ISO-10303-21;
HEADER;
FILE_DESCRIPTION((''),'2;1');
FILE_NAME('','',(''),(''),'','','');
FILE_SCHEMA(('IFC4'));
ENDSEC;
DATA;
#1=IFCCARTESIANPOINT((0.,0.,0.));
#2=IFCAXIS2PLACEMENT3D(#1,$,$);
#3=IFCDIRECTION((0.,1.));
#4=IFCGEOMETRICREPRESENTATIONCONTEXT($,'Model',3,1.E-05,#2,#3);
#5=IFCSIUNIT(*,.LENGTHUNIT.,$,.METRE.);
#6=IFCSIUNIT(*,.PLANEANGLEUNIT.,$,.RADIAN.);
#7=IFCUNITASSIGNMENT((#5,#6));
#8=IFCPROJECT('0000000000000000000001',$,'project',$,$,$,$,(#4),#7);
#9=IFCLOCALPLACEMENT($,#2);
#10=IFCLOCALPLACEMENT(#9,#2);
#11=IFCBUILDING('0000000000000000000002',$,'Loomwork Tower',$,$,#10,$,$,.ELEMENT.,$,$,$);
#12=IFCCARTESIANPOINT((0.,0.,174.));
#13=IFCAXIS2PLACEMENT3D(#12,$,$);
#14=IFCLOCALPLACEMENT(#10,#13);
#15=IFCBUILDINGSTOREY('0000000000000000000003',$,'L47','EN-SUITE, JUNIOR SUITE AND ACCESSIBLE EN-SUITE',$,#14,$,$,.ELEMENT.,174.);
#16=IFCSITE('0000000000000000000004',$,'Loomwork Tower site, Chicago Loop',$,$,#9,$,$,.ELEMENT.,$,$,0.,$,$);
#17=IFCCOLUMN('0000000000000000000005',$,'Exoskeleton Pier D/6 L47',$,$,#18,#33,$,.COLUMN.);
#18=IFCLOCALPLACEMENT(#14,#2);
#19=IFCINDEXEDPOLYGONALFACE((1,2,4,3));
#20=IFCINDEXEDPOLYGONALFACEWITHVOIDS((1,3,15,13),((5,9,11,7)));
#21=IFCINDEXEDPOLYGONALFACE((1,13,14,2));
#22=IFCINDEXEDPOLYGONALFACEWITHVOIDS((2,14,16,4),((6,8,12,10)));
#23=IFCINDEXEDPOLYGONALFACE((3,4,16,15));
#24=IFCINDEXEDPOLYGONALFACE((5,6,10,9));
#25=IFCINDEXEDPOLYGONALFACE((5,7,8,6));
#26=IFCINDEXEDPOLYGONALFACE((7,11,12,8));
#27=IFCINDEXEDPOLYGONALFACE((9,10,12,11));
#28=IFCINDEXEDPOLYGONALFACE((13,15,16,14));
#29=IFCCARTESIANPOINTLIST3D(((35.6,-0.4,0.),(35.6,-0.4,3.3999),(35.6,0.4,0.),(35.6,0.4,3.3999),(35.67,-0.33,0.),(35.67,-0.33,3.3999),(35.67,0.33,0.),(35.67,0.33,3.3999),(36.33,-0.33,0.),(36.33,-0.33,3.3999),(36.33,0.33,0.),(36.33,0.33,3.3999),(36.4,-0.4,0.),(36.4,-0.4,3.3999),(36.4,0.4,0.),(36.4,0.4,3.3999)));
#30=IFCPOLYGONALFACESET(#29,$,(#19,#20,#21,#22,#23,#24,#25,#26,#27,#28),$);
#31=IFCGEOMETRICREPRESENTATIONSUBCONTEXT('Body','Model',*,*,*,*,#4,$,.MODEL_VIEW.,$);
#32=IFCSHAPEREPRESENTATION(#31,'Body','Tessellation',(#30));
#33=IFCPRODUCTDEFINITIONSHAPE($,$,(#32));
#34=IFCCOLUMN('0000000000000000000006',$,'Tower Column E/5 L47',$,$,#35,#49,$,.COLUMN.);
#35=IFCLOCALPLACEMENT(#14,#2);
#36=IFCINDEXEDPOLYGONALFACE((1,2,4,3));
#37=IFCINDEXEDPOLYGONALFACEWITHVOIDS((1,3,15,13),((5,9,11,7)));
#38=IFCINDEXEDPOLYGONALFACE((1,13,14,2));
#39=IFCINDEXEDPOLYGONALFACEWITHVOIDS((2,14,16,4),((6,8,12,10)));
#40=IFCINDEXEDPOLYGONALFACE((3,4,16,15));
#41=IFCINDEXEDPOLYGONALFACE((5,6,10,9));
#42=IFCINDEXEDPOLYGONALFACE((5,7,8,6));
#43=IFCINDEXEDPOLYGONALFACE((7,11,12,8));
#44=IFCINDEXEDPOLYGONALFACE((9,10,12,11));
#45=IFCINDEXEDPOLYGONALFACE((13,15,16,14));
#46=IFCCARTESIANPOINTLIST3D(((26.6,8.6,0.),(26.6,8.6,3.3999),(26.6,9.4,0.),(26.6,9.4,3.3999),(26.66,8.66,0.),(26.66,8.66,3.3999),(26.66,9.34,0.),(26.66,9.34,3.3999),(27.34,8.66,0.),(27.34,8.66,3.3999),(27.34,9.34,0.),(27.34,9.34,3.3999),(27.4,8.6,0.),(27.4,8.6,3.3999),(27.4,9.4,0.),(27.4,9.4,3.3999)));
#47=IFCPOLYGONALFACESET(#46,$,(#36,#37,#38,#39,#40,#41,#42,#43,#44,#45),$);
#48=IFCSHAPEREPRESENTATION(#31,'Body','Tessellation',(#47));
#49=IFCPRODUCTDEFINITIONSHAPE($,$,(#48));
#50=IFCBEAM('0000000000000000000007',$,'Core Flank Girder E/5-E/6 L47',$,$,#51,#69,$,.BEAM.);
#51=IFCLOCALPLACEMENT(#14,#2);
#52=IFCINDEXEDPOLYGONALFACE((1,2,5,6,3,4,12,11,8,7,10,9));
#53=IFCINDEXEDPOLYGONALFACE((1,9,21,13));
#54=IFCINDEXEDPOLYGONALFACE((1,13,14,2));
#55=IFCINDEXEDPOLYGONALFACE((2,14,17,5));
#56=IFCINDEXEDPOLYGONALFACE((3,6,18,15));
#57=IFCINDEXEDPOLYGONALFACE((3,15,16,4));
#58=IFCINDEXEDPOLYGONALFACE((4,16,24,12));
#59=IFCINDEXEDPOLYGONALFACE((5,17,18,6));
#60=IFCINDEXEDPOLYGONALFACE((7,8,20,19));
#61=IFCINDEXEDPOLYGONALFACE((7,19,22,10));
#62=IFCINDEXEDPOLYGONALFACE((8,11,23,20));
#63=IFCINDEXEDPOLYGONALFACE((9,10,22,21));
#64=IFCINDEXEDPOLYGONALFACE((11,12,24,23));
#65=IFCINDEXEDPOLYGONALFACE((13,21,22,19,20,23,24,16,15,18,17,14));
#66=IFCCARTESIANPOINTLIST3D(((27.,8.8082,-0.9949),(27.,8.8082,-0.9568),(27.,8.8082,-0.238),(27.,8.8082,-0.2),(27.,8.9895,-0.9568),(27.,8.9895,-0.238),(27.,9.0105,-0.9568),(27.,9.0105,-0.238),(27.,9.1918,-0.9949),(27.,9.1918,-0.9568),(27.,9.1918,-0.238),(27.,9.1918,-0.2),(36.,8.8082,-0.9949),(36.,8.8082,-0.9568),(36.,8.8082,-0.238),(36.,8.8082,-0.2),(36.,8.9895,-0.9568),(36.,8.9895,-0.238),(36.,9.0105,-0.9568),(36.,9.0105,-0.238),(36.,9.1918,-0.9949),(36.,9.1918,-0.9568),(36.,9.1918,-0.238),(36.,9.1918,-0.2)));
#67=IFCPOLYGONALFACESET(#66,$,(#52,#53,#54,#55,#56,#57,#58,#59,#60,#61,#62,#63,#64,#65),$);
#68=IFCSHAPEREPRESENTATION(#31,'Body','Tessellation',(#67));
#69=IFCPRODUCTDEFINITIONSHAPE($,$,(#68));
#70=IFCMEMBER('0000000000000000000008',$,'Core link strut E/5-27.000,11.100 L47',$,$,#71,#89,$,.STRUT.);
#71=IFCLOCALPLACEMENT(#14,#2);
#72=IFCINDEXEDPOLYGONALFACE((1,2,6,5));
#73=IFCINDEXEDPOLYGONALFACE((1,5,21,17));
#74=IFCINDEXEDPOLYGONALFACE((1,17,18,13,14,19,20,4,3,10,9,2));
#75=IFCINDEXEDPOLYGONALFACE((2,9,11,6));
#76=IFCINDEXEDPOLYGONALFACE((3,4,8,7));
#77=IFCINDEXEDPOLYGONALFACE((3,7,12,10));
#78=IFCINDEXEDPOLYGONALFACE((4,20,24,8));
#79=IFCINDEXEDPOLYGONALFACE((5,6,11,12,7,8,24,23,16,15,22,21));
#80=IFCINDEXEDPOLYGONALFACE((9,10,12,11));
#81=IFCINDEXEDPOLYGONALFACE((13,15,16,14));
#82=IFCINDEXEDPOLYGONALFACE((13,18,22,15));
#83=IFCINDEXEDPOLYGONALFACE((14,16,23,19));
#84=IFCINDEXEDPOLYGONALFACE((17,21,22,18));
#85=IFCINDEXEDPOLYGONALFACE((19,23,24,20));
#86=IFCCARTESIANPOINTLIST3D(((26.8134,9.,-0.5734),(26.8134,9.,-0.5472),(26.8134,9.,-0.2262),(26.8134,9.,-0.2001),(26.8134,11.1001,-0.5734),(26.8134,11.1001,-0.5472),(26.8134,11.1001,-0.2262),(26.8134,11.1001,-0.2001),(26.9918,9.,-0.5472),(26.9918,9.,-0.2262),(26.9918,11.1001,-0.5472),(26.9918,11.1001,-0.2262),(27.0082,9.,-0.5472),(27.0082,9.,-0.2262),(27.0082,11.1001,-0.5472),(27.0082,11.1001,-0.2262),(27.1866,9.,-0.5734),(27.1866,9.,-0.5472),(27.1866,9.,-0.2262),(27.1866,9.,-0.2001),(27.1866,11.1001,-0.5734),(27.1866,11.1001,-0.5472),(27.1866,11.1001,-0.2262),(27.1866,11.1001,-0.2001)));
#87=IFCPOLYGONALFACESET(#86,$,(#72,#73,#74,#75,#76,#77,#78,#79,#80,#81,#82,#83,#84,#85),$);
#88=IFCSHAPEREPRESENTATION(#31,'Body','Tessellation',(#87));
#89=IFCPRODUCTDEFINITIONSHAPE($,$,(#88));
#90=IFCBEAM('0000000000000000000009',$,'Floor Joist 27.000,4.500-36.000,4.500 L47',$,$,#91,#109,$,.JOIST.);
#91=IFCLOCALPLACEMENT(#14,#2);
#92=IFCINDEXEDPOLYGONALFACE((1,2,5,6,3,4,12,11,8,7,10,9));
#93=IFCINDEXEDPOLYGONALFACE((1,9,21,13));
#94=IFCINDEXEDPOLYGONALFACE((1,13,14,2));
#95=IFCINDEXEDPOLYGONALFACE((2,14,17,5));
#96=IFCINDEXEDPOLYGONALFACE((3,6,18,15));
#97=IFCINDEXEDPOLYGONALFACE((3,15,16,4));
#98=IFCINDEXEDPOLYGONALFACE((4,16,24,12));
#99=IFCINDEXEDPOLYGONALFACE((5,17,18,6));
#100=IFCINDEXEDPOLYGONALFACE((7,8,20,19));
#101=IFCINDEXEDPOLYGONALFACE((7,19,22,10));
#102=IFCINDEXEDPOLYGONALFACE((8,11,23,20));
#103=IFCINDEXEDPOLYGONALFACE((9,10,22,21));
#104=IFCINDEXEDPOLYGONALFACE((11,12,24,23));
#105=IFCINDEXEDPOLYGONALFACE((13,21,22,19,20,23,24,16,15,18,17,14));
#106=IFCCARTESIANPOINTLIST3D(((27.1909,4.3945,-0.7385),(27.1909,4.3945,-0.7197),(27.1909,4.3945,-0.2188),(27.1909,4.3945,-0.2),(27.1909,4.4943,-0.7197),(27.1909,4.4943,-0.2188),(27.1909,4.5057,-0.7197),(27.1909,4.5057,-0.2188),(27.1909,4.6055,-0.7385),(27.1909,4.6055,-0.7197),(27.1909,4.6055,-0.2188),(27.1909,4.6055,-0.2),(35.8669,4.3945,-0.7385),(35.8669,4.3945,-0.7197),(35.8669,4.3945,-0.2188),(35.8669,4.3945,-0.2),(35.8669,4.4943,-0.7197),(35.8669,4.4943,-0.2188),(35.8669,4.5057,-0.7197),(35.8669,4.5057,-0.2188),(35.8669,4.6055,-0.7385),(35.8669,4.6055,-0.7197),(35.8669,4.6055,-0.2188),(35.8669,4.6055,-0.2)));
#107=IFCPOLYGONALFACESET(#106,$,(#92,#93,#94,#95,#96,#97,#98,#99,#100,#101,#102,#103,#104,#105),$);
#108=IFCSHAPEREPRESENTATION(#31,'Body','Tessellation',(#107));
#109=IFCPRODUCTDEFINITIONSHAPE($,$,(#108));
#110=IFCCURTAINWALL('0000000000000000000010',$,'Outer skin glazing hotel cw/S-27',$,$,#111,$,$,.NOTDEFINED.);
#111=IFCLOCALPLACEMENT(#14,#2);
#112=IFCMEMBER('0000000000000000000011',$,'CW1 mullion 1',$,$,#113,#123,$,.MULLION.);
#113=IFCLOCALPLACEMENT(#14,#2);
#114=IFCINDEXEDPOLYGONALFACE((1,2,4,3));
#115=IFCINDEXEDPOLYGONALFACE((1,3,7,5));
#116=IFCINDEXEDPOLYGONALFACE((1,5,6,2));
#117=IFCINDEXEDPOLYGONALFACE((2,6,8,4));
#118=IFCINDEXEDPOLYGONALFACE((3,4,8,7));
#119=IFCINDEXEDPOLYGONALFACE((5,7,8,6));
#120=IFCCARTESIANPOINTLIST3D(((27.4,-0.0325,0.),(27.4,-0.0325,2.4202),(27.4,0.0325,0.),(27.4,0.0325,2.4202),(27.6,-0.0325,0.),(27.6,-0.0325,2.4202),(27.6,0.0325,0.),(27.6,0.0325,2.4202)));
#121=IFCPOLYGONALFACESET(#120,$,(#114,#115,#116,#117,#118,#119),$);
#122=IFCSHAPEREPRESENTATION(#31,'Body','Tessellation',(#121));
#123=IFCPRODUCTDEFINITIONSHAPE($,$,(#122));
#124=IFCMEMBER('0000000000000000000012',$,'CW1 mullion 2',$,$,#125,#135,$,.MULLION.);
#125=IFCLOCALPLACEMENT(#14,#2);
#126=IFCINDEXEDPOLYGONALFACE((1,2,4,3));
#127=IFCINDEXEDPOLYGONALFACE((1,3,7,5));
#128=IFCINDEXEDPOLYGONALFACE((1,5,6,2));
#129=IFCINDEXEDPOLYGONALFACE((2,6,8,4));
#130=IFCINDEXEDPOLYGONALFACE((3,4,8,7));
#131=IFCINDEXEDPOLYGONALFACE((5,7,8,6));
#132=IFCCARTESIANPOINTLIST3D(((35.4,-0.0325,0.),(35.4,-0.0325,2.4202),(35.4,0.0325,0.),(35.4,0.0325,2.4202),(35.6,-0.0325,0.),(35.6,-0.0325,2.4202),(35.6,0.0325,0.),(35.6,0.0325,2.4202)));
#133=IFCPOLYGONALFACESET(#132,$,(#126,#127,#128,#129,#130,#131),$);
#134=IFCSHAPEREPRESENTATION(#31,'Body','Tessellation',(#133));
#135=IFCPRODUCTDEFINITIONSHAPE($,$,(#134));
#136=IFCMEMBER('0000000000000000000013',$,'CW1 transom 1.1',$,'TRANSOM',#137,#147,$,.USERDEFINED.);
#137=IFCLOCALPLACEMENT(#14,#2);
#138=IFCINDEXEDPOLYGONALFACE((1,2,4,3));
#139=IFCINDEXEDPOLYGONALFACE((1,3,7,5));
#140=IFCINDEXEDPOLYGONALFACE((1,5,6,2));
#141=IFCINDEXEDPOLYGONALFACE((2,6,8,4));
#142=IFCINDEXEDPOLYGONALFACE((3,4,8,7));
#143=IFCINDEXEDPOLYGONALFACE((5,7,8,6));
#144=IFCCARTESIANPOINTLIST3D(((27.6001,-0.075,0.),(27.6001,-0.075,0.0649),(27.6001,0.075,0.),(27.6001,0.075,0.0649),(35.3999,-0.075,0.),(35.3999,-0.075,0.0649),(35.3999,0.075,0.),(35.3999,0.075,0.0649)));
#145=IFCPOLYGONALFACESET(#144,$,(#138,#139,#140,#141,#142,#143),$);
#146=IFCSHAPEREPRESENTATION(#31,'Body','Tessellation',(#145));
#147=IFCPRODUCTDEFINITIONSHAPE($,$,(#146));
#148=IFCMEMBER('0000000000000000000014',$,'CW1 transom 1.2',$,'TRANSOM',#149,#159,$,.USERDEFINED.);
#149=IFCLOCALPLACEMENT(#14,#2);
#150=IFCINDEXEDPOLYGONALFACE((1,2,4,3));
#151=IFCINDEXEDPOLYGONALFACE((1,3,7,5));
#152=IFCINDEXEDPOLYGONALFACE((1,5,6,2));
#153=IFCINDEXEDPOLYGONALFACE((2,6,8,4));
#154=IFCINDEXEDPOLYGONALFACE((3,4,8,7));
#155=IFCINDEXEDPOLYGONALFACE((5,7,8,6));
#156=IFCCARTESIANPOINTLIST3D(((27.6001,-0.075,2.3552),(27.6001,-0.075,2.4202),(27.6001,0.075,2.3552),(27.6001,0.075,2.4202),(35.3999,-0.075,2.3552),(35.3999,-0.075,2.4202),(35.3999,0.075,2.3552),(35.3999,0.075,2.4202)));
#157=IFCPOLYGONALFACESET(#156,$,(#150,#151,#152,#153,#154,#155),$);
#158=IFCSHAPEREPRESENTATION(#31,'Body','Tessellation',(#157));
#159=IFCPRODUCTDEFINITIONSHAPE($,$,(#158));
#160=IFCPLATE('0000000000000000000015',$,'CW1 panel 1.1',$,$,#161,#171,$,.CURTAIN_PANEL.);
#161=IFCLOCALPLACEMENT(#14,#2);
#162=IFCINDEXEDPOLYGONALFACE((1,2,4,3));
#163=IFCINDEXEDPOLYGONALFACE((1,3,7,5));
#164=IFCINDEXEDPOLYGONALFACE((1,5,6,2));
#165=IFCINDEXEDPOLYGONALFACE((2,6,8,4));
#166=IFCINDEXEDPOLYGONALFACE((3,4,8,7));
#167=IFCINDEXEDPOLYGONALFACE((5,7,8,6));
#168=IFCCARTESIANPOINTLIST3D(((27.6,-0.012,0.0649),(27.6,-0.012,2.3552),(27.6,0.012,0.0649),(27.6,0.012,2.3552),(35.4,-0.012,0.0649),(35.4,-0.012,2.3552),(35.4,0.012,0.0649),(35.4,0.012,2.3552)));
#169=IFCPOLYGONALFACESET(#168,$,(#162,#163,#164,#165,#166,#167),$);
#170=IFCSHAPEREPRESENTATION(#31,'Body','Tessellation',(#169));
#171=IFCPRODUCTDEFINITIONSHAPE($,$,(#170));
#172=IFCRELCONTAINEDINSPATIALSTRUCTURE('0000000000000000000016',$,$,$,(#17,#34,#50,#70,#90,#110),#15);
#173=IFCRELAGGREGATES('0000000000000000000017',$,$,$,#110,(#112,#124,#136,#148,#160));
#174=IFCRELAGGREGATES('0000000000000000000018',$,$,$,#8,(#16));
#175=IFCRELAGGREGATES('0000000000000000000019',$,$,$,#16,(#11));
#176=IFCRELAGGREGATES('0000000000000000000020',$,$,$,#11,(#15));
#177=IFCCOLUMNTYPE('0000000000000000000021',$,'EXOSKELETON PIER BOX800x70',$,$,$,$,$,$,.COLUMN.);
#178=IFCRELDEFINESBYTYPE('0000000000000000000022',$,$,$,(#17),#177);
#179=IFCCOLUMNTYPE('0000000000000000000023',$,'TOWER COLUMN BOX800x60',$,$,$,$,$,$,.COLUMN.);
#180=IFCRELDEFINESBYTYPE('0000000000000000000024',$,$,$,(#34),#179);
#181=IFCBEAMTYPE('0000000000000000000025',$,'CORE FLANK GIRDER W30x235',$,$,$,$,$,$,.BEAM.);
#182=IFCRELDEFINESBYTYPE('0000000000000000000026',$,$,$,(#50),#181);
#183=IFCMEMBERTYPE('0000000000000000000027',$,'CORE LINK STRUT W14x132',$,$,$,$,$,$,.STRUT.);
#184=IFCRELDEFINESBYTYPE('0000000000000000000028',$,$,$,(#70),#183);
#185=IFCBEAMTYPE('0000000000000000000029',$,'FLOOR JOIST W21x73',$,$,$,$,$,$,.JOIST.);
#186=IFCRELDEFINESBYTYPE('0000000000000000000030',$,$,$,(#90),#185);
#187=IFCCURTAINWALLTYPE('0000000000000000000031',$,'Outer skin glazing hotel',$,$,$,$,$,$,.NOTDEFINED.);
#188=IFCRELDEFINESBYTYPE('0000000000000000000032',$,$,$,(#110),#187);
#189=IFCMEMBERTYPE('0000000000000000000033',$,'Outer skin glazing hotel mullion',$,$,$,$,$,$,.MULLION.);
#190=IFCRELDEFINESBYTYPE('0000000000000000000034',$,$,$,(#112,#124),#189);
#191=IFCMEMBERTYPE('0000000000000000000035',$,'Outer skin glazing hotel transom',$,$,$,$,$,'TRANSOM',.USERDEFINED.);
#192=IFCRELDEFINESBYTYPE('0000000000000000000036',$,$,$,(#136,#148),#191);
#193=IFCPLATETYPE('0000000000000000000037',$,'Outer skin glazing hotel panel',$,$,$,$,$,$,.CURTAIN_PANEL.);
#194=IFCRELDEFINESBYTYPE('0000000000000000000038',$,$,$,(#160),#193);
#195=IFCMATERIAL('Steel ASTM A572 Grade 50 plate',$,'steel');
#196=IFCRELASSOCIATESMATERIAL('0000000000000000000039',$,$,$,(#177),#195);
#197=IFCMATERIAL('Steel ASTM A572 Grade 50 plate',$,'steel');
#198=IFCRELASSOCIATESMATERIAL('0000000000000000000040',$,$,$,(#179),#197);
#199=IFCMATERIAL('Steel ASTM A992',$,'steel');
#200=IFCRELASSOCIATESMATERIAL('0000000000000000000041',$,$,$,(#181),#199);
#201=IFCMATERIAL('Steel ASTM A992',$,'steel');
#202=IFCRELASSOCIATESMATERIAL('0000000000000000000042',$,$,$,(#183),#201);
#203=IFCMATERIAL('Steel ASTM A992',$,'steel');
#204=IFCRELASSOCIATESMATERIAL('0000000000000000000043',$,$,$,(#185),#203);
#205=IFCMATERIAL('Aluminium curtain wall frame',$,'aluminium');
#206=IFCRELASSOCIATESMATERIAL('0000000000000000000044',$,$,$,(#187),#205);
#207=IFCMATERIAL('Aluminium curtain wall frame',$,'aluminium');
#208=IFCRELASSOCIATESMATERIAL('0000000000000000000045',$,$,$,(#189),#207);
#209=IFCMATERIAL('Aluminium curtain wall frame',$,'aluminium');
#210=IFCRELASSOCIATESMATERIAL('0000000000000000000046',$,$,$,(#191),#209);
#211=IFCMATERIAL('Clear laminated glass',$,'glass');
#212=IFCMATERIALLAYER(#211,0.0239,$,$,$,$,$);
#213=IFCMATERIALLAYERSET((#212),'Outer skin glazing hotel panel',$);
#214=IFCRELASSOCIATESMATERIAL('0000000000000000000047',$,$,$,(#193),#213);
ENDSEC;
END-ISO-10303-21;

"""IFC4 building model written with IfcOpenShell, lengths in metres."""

from ifc_helpers import new_model, si_unit, direction, frame, origin, origin_2d, place, context, subcontext, project, spatial, rectangle, hollow_rectangle, i_section, extrude, material, layer, layer_set, material_profile, profile_set, type_object, element, aggregate, save


model = new_model("IFC4")

# Units and contexts
model_context = context("Model", 3, precision=1e-05, world=origin(), true_north=direction((0.0, 1.0)))
body_context = subcontext(model_context, "Body", "Model", "MODEL_VIEW")
ifc_project = project(units=[si_unit("LENGTHUNIT", "METRE"), si_unit("PLANEANGLEUNIT", "RADIAN")], contexts=[model_context])

# Site, building, storey
site_placement = place(None, origin())
site = spatial("IfcSite", under=ifc_project, at=site_placement, Name="Loomwork Tower site, Chicago Loop", CompositionType="ELEMENT", RefElevation=0.0)
building_placement = place(site_placement, origin())
building = spatial("IfcBuilding", under=site, at=building_placement, Name="Loomwork Tower", CompositionType="ELEMENT")
storey_placement = place(building_placement, frame((0.0, 0.0, 174.0)))
storey = spatial("IfcBuildingStorey", under=building, at=storey_placement, Name="L47", Description="EN-SUITE, JUNIOR SUITE AND ACCESSIBLE EN-SUITE", CompositionType="ELEMENT", Elevation=174.0)

# Columns
ifc_material_1 = material(Name="Steel ASTM A572 Grade 50 plate", Category="steel")
ifc_material_profile_1 = material_profile(ifc_material_1, hollow_rectangle(XDim=0.8, YDim=0.8, WallThickness=0.0701, at=origin_2d()), Name="BOX800x70")
ifc_profile_set_1 = profile_set([ifc_material_profile_1], Name="Steel ASTM A572 Grade 50 plate")
column_type_1 = type_object("IfcColumnType", Name="EXOSKELETON PIER BOX800x70", PredefinedType="COLUMN", material=ifc_profile_set_1)
column_1_placement = place(storey_placement, frame((36.0, 0.0, 0.0), z_axis=(0.0, 0.0, 1.0), x_axis=(1.0, 0.0, 0.0)))
element("IfcColumn", 1, at=column_1_placement, inside=storey, type_object=column_type_1, Name="Exoskeleton Pier D/6 L47", PredefinedType="COLUMN", context=body_context, shape_type="SweptSolid", body=[
    extrude(hollow_rectangle(XDim=0.8, YDim=0.8, WallThickness=0.0701, at=origin_2d()), origin(), (0.0, 0.0, 1.0), 3.3999),
])
ifc_material_2 = material(Name="Steel ASTM A572 Grade 50 plate", Category="steel")
ifc_material_profile_2 = material_profile(ifc_material_2, hollow_rectangle(XDim=0.8, YDim=0.8, WallThickness=0.0601, at=origin_2d()), Name="BOX800x60")
ifc_profile_set_2 = profile_set([ifc_material_profile_2], Name="Steel ASTM A572 Grade 50 plate")
column_type_2 = type_object("IfcColumnType", Name="TOWER COLUMN BOX800x60", PredefinedType="COLUMN", material=ifc_profile_set_2)
column_2_placement = place(storey_placement, frame((27.0, 9.0, 0.0), z_axis=(0.0, 0.0, 1.0), x_axis=(1.0, 0.0, 0.0)))
element("IfcColumn", 2, at=column_2_placement, inside=storey, type_object=column_type_2, Name="Tower Column E/5 L47", PredefinedType="COLUMN", context=body_context, shape_type="SweptSolid", body=[
    extrude(hollow_rectangle(XDim=0.8, YDim=0.8, WallThickness=0.0601, at=origin_2d()), origin(), (0.0, 0.0, 1.0), 3.3999),
])

# Beam
ifc_material_3 = material(Name="Steel ASTM A992", Category="steel")
ifc_material_profile_3 = material_profile(ifc_material_3, i_section(OverallWidth=0.3835, OverallDepth=0.7949, WebThickness=0.021, FlangeThickness=0.0381, at=origin_2d()), Name="W30x235")
ifc_profile_set_3 = profile_set([ifc_material_profile_3], Name="Steel ASTM A992")
beam_type_1 = type_object("IfcBeamType", Name="CORE FLANK GIRDER W30x235", PredefinedType="BEAM", material=ifc_profile_set_3)
beam_1_placement = place(storey_placement, frame((27.0, 9.0, -0.5974), z_axis=(1.0, 0.0, 0.0), x_axis=(0.0, 1.0, 0.0)))
element("IfcBeam", 3, at=beam_1_placement, inside=storey, type_object=beam_type_1, Name="Core Flank Girder E/5-E/6 L47", PredefinedType="BEAM", context=body_context, shape_type="SweptSolid", body=[
    extrude(i_section(OverallWidth=0.3835, OverallDepth=0.7949, WebThickness=0.021, FlangeThickness=0.0381, at=origin_2d()), origin(), (0.0, 0.0, 1.0), 9.0),
])

# Member
ifc_material_4 = material(Name="Steel ASTM A992", Category="steel")
ifc_material_profile_4 = material_profile(ifc_material_4, i_section(OverallWidth=0.3733, OverallDepth=0.3733, WebThickness=0.0164, FlangeThickness=0.0261, at=origin_2d()), Name="W14x132")
ifc_profile_set_4 = profile_set([ifc_material_profile_4], Name="Steel ASTM A992")
member_type_1 = type_object("IfcMemberType", Name="CORE LINK STRUT W14x132", PredefinedType="STRUT", material=ifc_profile_set_4)
member_1_placement = place(storey_placement, frame((27.0, 9.0, -0.3867), z_axis=(0.0, 1.0, 0.0), x_axis=(-1.0, 0.0, 0.0)))
element("IfcMember", 4, at=member_1_placement, inside=storey, type_object=member_type_1, Name="Core link strut E/5-27.000,11.100 L47", PredefinedType="STRUT", context=body_context, shape_type="SweptSolid", body=[
    extrude(i_section(OverallWidth=0.3733, OverallDepth=0.3733, WebThickness=0.0164, FlangeThickness=0.0261, at=origin_2d()), origin(), (0.0, 0.0, 1.0), 2.1001),
])

# Beam
ifc_material_5 = material(Name="Steel ASTM A992", Category="steel")
ifc_material_profile_5 = material_profile(ifc_material_5, i_section(OverallWidth=0.2109, OverallDepth=0.5386, WebThickness=0.0115, FlangeThickness=0.0188, at=origin_2d()), Name="W21x73")
ifc_profile_set_5 = profile_set([ifc_material_profile_5], Name="Steel ASTM A992")
beam_type_2 = type_object("IfcBeamType", Name="FLOOR JOIST W21x73", PredefinedType="JOIST", material=ifc_profile_set_5)
beam_2_placement = place(storey_placement, frame((27.1909, 4.5, -0.4692), z_axis=(1.0, 0.0, 0.0), x_axis=(0.0, 1.0, 0.0)))
element("IfcBeam", 5, at=beam_2_placement, inside=storey, type_object=beam_type_2, Name="Floor Joist 27.000,4.500-36.000,4.500 L47", PredefinedType="JOIST", context=body_context, shape_type="SweptSolid", body=[
    extrude(i_section(OverallWidth=0.2109, OverallDepth=0.5386, WebThickness=0.0115, FlangeThickness=0.0188, at=origin_2d()), origin(), (0.0, 0.0, 1.0), 8.676),
])

# Curtain wall, members, plate
ifc_material_6 = material(Name="Aluminium curtain wall frame", Category="aluminium")
curtain_wall_type = type_object("IfcCurtainWallType", Name="Outer skin glazing hotel", PredefinedType="NOTDEFINED", material=ifc_material_6)
curtain_wall_placement = place(storey_placement, origin())
curtain_wall = element("IfcCurtainWall", 6, at=curtain_wall_placement, inside=storey, type_object=curtain_wall_type, Name="Outer skin glazing hotel cw/S-27", PredefinedType="NOTDEFINED")
ifc_material_7 = material(Name="Aluminium curtain wall frame", Category="aluminium")
ifc_material_profile_6 = material_profile(ifc_material_7, rectangle(XDim=0.0649, YDim=0.2, at=origin_2d()), Name="AL 65x200")
ifc_profile_set_6 = profile_set([ifc_material_profile_6], Name="Aluminium curtain wall frame")
member_type_2 = type_object("IfcMemberType", Name="Outer skin glazing hotel mullion", PredefinedType="MULLION", material=ifc_profile_set_6)
member_2_placement = place(storey_placement, frame((27.5, 0.0, 0.0), z_axis=(0.0, 0.0, 1.0), x_axis=(0.0, 1.0, 0.0)))
member_2 = element("IfcMember", 7, at=member_2_placement, type_object=member_type_2, Name="CW1 mullion 1", PredefinedType="MULLION", context=body_context, shape_type="SweptSolid", body=[
    extrude(rectangle(XDim=0.0649, YDim=0.2, at=origin_2d()), origin(), (0.0, 0.0, 1.0), 2.4202),
])
member_3_placement = place(storey_placement, frame((35.5, 0.0, 0.0), z_axis=(0.0, 0.0, 1.0), x_axis=(0.0, 1.0, 0.0)))
member_3 = element("IfcMember", 8, at=member_3_placement, type_object=member_type_2, Name="CW1 mullion 2", PredefinedType="MULLION", context=body_context, shape_type="SweptSolid", body=[
    extrude(rectangle(XDim=0.0649, YDim=0.2, at=origin_2d()), origin(), (0.0, 0.0, 1.0), 2.4202),
])
ifc_material_8 = material(Name="Aluminium curtain wall frame", Category="aluminium")
ifc_material_profile_7 = material_profile(ifc_material_8, rectangle(XDim=0.1499, YDim=0.0649, at=origin_2d()), Name="AL 65x150")
ifc_profile_set_7 = profile_set([ifc_material_profile_7], Name="Aluminium curtain wall frame")
member_type_3 = type_object("IfcMemberType", Name="Outer skin glazing hotel transom", ElementType="TRANSOM", PredefinedType="USERDEFINED", material=ifc_profile_set_7)
member_4_placement = place(storey_placement, frame((27.6001, 0.0, 0.0325), z_axis=(1.0, 0.0, 0.0), x_axis=(0.0, 1.0, 0.0)))
member_4 = element("IfcMember", 9, at=member_4_placement, type_object=member_type_3, Name="CW1 transom 1.1", ObjectType="TRANSOM", PredefinedType="USERDEFINED", context=body_context, shape_type="SweptSolid", body=[
    extrude(rectangle(XDim=0.1499, YDim=0.0649, at=origin_2d()), origin(), (0.0, 0.0, 1.0), 7.7998),
])
member_5_placement = place(storey_placement, frame((27.6001, 0.0, 2.3877), z_axis=(1.0, 0.0, 0.0), x_axis=(0.0, 1.0, 0.0)))
member_5 = element("IfcMember", 10, at=member_5_placement, type_object=member_type_3, Name="CW1 transom 1.2", ObjectType="TRANSOM", PredefinedType="USERDEFINED", context=body_context, shape_type="SweptSolid", body=[
    extrude(rectangle(XDim=0.1499, YDim=0.0649, at=origin_2d()), origin(), (0.0, 0.0, 1.0), 7.7998),
])
ifc_material_9 = material(Name="Clear laminated glass", Category="glass")
ifc_layer_1 = layer(ifc_material_9, 0.0239)
ifc_layer_set_1 = layer_set([ifc_layer_1], Name="Outer skin glazing hotel panel")
plate_type = type_object("IfcPlateType", Name="Outer skin glazing hotel panel", PredefinedType="CURTAIN_PANEL", material=ifc_layer_set_1)
plate_placement = place(storey_placement, frame((31.5, 0.0, 0.0649), z_axis=(0.0, 0.0, 1.0), x_axis=(1.0, 0.0, 0.0)))
plate = element("IfcPlate", 11, at=plate_placement, type_object=plate_type, Name="CW1 panel 1.1", PredefinedType="CURTAIN_PANEL", context=body_context, shape_type="SweptSolid", body=[
    extrude(rectangle(XDim=7.8, YDim=0.0239, at=origin_2d()), origin(), (0.0, 0.0, 1.0), 2.2903),
])
aggregate(curtain_wall, [member_2, member_3, member_4, member_5, plate])

save(model, "model.ifc")
